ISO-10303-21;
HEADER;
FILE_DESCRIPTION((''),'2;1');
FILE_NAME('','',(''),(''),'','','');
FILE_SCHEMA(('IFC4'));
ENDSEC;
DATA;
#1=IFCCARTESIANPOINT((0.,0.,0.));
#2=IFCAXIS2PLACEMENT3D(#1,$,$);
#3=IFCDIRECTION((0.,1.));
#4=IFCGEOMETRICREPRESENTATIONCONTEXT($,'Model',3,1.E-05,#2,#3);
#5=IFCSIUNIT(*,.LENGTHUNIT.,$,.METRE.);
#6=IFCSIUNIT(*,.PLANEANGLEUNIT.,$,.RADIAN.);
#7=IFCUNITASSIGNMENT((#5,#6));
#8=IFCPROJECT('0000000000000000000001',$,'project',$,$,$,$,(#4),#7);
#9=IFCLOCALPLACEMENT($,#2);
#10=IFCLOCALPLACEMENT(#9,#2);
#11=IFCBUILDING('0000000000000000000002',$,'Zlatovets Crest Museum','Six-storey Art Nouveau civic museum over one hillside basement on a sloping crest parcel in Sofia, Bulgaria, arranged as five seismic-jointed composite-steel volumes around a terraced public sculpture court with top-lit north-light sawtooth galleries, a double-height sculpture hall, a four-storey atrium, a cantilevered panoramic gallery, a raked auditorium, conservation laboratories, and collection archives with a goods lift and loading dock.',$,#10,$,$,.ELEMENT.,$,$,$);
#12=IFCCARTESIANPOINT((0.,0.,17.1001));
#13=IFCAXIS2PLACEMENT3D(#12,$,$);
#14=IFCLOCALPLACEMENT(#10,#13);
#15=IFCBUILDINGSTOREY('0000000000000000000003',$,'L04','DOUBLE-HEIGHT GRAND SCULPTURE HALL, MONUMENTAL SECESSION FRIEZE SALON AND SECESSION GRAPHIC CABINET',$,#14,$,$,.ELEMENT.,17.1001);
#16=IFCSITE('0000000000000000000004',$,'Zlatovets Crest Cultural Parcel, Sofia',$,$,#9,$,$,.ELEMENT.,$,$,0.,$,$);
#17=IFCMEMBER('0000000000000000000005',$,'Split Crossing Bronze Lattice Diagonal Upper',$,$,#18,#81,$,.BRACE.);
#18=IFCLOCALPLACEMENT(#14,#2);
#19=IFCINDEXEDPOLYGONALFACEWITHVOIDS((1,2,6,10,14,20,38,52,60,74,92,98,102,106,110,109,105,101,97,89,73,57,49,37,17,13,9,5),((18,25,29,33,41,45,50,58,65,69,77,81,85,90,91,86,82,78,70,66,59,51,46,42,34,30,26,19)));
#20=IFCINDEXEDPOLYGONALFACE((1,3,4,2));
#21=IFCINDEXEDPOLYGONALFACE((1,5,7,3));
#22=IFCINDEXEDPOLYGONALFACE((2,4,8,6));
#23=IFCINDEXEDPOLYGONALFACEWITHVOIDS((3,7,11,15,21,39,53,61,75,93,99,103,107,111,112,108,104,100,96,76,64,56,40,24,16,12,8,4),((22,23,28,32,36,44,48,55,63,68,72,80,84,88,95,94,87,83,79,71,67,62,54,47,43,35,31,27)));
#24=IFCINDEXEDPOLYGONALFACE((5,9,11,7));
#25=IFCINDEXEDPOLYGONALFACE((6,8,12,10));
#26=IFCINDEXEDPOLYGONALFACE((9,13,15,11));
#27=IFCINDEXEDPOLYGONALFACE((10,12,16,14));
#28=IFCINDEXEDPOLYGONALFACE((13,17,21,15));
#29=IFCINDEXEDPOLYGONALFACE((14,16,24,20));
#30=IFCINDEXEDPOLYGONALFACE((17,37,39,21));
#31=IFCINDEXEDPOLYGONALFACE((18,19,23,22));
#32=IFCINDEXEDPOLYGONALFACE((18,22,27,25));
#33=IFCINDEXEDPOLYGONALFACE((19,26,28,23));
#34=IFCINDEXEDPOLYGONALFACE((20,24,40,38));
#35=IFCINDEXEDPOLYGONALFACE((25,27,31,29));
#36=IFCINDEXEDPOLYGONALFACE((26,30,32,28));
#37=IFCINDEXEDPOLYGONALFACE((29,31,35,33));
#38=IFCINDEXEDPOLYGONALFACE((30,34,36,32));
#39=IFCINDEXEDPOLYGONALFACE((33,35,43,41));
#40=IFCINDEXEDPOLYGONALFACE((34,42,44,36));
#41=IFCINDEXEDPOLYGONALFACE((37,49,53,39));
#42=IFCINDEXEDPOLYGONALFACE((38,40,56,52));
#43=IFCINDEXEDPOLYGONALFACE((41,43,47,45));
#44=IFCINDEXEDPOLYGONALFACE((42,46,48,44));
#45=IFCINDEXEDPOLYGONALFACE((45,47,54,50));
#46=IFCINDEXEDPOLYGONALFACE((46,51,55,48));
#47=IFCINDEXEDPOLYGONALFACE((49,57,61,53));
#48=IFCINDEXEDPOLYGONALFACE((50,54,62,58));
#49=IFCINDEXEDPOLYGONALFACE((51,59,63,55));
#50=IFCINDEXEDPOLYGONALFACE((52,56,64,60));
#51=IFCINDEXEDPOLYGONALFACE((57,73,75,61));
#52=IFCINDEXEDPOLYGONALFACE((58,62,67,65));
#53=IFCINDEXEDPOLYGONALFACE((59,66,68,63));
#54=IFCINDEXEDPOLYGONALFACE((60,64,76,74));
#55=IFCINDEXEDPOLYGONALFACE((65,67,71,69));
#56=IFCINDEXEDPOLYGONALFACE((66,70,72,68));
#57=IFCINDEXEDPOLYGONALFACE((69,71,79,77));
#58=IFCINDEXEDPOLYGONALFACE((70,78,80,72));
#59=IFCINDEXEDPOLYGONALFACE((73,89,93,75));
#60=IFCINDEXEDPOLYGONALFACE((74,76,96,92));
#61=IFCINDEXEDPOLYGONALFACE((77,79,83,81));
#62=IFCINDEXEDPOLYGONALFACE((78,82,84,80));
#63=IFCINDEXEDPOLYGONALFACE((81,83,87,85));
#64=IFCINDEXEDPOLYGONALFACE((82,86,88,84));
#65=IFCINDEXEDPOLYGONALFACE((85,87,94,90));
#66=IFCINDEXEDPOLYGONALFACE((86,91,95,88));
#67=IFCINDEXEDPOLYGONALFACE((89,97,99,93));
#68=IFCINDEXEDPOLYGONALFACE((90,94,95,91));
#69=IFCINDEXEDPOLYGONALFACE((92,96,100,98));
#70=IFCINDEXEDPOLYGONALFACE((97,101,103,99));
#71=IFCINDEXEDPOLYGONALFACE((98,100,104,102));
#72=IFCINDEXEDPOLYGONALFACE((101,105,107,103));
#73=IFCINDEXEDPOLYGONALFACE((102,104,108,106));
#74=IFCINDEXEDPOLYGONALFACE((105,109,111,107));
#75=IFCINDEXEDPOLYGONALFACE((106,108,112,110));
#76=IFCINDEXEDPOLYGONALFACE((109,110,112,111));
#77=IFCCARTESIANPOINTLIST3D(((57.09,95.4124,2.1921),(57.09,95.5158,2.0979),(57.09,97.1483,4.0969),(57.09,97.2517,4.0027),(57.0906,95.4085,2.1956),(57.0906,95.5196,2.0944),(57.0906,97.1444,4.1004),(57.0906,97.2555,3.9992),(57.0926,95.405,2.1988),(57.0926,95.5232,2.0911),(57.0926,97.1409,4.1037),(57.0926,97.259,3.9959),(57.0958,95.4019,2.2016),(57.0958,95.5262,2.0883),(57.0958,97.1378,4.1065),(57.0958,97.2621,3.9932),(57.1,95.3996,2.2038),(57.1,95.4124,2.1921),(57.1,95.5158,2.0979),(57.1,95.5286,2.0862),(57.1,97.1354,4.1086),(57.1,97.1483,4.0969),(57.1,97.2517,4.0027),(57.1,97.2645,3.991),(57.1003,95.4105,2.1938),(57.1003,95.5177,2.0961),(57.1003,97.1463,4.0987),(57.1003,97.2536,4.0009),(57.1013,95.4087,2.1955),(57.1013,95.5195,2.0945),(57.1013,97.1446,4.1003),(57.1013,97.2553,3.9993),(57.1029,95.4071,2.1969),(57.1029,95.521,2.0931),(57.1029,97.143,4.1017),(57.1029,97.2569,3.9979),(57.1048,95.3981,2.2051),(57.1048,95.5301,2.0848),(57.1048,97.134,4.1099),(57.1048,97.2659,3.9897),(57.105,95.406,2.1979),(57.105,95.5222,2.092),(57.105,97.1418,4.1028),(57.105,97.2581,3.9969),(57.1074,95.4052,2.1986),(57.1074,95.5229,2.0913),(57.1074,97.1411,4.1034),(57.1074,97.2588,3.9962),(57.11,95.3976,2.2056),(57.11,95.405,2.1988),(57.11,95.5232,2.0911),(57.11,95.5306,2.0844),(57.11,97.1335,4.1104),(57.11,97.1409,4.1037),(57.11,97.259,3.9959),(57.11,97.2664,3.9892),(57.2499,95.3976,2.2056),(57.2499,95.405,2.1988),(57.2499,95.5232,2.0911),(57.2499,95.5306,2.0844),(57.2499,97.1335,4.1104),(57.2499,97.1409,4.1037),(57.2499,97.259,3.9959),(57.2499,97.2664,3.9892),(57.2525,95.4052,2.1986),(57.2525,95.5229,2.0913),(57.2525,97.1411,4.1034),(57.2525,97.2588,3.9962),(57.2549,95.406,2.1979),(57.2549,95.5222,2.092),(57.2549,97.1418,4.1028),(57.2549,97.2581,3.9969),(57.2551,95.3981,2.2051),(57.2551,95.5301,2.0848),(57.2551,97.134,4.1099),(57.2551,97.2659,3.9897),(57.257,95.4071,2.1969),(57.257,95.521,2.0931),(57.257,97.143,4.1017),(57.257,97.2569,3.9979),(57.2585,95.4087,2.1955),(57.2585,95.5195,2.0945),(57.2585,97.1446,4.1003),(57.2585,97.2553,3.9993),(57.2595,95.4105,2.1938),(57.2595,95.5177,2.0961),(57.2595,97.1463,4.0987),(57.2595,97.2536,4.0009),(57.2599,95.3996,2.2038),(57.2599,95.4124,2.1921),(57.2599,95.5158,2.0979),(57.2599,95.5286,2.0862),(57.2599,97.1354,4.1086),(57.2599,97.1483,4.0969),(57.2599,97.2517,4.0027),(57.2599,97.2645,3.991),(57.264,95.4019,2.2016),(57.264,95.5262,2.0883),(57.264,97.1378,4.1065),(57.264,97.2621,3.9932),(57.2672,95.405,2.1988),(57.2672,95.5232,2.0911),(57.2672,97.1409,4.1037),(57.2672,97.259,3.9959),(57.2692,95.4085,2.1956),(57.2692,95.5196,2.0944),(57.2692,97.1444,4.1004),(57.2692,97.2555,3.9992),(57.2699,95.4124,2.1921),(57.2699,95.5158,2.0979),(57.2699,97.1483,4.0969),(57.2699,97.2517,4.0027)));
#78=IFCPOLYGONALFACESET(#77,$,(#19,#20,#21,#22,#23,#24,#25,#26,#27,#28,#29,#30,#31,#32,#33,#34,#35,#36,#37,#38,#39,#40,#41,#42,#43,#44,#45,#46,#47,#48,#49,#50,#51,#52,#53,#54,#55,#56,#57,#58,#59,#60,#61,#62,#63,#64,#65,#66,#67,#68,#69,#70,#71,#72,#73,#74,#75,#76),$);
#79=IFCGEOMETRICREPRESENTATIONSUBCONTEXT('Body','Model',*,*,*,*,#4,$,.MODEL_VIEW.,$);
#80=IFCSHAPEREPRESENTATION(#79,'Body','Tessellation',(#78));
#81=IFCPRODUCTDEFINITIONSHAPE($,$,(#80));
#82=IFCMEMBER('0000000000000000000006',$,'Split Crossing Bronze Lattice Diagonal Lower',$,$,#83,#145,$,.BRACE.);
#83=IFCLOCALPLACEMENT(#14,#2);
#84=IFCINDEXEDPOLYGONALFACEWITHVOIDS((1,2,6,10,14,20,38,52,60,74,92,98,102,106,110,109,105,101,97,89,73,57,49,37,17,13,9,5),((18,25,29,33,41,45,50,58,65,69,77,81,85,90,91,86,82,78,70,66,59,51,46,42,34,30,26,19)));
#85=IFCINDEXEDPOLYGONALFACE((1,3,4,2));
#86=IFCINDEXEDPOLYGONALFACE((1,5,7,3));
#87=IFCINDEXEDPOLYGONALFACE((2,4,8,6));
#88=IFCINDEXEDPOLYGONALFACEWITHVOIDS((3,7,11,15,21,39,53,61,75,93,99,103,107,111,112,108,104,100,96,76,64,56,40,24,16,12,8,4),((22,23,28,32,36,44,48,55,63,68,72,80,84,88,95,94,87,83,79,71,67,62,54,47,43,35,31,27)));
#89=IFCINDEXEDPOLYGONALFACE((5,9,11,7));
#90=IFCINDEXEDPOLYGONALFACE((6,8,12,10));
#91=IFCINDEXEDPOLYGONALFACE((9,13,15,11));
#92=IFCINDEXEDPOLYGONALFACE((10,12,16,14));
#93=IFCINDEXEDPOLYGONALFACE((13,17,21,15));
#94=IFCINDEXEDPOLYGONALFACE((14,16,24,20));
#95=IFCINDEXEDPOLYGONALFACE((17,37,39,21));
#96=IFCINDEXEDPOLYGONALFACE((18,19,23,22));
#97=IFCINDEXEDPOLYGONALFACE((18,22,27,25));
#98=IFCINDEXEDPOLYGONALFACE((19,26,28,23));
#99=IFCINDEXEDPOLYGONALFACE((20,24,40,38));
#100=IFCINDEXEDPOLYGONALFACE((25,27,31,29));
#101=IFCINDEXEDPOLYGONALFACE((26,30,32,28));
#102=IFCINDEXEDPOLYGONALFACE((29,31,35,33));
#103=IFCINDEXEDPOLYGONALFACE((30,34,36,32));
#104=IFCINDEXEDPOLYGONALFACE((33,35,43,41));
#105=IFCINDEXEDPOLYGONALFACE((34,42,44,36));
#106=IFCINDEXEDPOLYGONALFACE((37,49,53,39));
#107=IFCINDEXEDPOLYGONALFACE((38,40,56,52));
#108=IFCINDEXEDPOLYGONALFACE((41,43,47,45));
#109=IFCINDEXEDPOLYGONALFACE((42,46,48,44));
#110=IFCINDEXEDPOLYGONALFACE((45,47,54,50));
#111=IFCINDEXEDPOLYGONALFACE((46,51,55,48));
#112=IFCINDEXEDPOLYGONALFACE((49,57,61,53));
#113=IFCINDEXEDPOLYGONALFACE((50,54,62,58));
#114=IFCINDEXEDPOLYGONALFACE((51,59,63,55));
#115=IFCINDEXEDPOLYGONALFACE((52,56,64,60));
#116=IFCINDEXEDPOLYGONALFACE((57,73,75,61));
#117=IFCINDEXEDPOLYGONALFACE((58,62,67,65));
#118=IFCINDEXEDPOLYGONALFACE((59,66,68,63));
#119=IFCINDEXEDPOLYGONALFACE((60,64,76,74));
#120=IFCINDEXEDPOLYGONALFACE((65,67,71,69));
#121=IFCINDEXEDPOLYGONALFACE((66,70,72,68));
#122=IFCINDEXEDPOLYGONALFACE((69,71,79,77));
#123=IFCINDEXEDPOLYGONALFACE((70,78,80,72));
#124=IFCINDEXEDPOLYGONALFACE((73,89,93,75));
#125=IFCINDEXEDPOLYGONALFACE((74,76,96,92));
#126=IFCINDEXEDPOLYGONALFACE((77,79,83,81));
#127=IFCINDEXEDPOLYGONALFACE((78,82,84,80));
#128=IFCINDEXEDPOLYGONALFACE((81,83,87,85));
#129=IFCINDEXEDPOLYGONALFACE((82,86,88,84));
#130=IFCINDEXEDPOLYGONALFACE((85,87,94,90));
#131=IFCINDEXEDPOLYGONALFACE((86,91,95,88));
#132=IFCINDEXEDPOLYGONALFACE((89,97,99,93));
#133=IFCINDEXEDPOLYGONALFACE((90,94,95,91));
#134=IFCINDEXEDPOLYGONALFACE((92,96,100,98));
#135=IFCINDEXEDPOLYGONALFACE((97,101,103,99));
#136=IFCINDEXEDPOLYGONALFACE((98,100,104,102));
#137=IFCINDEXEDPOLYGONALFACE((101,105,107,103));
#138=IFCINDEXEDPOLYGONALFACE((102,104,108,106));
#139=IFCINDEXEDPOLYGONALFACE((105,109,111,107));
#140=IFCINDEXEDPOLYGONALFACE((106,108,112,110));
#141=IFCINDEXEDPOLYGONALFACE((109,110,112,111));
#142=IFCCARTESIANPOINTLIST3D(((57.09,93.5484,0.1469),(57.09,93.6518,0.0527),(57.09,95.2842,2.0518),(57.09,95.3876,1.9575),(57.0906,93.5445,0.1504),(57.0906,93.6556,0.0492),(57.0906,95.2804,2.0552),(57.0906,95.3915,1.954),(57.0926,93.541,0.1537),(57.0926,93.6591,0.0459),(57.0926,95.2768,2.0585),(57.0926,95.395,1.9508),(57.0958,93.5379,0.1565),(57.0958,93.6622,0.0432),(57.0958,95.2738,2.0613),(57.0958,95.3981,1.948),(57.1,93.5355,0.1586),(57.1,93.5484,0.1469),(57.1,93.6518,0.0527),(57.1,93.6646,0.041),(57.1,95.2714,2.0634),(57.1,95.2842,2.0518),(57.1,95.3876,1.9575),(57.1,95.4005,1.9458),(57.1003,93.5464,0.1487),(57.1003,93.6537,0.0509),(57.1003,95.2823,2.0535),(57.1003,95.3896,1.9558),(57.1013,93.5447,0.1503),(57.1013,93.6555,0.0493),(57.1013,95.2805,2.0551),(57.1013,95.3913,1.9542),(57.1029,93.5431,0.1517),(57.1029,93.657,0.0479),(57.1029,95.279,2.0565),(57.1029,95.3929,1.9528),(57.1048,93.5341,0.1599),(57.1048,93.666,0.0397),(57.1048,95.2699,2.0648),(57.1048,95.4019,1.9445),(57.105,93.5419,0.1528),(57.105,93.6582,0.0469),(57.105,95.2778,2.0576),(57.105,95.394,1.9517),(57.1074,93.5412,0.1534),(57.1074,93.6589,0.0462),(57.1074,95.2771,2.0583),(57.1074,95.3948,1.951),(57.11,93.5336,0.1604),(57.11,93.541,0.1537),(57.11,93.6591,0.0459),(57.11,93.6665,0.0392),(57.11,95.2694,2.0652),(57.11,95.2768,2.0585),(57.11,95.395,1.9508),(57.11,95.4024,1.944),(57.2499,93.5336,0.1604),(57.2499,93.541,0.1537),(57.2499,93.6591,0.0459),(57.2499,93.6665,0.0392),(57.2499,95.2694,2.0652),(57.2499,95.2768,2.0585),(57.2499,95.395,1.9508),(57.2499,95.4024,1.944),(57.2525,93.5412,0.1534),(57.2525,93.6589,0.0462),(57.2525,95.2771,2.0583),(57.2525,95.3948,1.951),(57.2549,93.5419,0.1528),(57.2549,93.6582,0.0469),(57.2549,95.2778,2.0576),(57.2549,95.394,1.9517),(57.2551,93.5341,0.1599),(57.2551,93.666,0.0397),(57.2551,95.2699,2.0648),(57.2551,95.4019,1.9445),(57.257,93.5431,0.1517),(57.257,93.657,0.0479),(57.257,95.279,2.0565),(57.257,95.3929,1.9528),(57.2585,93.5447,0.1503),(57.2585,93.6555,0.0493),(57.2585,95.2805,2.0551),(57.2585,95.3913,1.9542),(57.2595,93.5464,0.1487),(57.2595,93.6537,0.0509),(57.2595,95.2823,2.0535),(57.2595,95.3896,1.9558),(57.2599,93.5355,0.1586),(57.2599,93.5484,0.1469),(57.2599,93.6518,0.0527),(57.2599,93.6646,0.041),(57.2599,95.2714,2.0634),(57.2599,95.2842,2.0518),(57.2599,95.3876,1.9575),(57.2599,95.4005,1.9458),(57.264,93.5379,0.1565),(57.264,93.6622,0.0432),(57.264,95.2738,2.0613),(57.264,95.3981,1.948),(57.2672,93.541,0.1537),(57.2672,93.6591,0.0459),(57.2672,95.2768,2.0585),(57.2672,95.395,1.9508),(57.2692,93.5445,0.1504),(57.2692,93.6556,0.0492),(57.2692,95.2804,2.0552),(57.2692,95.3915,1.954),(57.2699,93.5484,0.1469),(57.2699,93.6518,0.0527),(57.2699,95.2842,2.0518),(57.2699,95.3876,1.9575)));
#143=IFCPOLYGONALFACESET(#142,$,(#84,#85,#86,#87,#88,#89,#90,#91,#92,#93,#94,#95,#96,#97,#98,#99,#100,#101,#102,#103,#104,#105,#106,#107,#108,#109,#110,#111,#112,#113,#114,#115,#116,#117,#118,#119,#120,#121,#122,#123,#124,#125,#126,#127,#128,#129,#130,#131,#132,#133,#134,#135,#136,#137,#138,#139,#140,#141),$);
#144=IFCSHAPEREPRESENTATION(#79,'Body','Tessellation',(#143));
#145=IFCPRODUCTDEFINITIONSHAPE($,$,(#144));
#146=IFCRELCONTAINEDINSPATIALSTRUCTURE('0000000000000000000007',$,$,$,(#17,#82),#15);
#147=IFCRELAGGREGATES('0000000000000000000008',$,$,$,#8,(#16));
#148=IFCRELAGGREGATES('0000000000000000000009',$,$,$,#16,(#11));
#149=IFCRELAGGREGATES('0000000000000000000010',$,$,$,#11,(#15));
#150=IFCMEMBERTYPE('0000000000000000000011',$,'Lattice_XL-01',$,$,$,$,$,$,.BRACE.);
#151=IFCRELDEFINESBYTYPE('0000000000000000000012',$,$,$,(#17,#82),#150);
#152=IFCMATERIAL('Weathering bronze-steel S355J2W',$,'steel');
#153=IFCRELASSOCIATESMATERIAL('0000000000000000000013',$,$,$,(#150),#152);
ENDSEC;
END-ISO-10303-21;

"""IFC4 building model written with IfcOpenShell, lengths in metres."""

from ifc_helpers import new_model, si_unit, direction, frame, origin, origin_2d, place, context, subcontext, project, spatial, hollow_rectangle, extrude, material, material_profile, profile_set, type_object, element, save


model = new_model("IFC4")

# Units and contexts
model_context = context("Model", 3, precision=1e-05, world=origin(), true_north=direction((0.0, 1.0)))
body_context = subcontext(model_context, "Body", "Model", "MODEL_VIEW")
ifc_project = project(units=[si_unit("LENGTHUNIT", "METRE"), si_unit("PLANEANGLEUNIT", "RADIAN")], contexts=[model_context])

# Site, building, storey
site_placement = place(None, origin())
site = spatial("IfcSite", under=ifc_project, at=site_placement, Name="Zlatovets Crest Cultural Parcel, Sofia", CompositionType="ELEMENT", RefElevation=0.0)
building_placement = place(site_placement, origin())
building = spatial("IfcBuilding", under=site, at=building_placement, Name="Zlatovets Crest Museum", Description="Six-storey Art Nouveau civic museum over one hillside basement on a sloping crest parcel in Sofia, Bulgaria, arranged as five seismic-jointed composite-steel volumes around a terraced public sculpture court with top-lit north-light sawtooth galleries, a double-height sculpture hall, a four-storey atrium, a cantilevered panoramic gallery, a raked auditorium, conservation laboratories, and collection archives with a goods lift and loading dock.", CompositionType="ELEMENT")
storey_placement = place(building_placement, frame((0.0, 0.0, 17.1001)))
storey = spatial("IfcBuildingStorey", under=building, at=storey_placement, Name="L04", Description="DOUBLE-HEIGHT GRAND SCULPTURE HALL, MONUMENTAL SECESSION FRIEZE SALON AND SECESSION GRAPHIC CABINET", CompositionType="ELEMENT", Elevation=17.1001)

# Members
ifc_material_1 = material(Name="Weathering bronze-steel S355J2W", Category="steel")
ifc_material_profile_1 = material_profile(ifc_material_1, hollow_rectangle(XDim=0.1799, YDim=0.1799, WallThickness=0.01, InnerFilletRadius=0.01, OuterFilletRadius=0.02, at=origin_2d()), Name="SHS 180x180x10.0")
ifc_profile_set_1 = profile_set([ifc_material_profile_1], Name="Weathering bronze-steel S355J2W")
member_type_1 = type_object("IfcMemberType", Name="Lattice_XL-01", PredefinedType="BRACE", material=ifc_profile_set_1)
for number, where, z_axis, x_axis, name in (
    (1, (57.1799, 97.2, 4.0498), (0.0, -0.673568, -0.739125), (1.0, 0.0, 0.0), "Split Crossing Bronze Lattice Diagonal Upper"),
    (2, (57.1799, 95.3359, 2.0046), (0.0, -0.673568, -0.739125), (1.0, 0.0, 0.0), "Split Crossing Bronze Lattice Diagonal Lower"),
):
    element("IfcMember", number, at=place(storey_placement, frame(where, z_axis=z_axis, x_axis=x_axis)), inside=storey, type_object=member_type_1, Name=name, PredefinedType="BRACE", context=body_context, shape_type="SweptSolid", body=[
        extrude(hollow_rectangle(XDim=0.1799, YDim=0.1799, WallThickness=0.01, InnerFilletRadius=0.01, OuterFilletRadius=0.02, at=origin_2d()), origin(), (0.0, 0.0, 1.0), 2.5771),
    ])

save(model, "model.ifc")
